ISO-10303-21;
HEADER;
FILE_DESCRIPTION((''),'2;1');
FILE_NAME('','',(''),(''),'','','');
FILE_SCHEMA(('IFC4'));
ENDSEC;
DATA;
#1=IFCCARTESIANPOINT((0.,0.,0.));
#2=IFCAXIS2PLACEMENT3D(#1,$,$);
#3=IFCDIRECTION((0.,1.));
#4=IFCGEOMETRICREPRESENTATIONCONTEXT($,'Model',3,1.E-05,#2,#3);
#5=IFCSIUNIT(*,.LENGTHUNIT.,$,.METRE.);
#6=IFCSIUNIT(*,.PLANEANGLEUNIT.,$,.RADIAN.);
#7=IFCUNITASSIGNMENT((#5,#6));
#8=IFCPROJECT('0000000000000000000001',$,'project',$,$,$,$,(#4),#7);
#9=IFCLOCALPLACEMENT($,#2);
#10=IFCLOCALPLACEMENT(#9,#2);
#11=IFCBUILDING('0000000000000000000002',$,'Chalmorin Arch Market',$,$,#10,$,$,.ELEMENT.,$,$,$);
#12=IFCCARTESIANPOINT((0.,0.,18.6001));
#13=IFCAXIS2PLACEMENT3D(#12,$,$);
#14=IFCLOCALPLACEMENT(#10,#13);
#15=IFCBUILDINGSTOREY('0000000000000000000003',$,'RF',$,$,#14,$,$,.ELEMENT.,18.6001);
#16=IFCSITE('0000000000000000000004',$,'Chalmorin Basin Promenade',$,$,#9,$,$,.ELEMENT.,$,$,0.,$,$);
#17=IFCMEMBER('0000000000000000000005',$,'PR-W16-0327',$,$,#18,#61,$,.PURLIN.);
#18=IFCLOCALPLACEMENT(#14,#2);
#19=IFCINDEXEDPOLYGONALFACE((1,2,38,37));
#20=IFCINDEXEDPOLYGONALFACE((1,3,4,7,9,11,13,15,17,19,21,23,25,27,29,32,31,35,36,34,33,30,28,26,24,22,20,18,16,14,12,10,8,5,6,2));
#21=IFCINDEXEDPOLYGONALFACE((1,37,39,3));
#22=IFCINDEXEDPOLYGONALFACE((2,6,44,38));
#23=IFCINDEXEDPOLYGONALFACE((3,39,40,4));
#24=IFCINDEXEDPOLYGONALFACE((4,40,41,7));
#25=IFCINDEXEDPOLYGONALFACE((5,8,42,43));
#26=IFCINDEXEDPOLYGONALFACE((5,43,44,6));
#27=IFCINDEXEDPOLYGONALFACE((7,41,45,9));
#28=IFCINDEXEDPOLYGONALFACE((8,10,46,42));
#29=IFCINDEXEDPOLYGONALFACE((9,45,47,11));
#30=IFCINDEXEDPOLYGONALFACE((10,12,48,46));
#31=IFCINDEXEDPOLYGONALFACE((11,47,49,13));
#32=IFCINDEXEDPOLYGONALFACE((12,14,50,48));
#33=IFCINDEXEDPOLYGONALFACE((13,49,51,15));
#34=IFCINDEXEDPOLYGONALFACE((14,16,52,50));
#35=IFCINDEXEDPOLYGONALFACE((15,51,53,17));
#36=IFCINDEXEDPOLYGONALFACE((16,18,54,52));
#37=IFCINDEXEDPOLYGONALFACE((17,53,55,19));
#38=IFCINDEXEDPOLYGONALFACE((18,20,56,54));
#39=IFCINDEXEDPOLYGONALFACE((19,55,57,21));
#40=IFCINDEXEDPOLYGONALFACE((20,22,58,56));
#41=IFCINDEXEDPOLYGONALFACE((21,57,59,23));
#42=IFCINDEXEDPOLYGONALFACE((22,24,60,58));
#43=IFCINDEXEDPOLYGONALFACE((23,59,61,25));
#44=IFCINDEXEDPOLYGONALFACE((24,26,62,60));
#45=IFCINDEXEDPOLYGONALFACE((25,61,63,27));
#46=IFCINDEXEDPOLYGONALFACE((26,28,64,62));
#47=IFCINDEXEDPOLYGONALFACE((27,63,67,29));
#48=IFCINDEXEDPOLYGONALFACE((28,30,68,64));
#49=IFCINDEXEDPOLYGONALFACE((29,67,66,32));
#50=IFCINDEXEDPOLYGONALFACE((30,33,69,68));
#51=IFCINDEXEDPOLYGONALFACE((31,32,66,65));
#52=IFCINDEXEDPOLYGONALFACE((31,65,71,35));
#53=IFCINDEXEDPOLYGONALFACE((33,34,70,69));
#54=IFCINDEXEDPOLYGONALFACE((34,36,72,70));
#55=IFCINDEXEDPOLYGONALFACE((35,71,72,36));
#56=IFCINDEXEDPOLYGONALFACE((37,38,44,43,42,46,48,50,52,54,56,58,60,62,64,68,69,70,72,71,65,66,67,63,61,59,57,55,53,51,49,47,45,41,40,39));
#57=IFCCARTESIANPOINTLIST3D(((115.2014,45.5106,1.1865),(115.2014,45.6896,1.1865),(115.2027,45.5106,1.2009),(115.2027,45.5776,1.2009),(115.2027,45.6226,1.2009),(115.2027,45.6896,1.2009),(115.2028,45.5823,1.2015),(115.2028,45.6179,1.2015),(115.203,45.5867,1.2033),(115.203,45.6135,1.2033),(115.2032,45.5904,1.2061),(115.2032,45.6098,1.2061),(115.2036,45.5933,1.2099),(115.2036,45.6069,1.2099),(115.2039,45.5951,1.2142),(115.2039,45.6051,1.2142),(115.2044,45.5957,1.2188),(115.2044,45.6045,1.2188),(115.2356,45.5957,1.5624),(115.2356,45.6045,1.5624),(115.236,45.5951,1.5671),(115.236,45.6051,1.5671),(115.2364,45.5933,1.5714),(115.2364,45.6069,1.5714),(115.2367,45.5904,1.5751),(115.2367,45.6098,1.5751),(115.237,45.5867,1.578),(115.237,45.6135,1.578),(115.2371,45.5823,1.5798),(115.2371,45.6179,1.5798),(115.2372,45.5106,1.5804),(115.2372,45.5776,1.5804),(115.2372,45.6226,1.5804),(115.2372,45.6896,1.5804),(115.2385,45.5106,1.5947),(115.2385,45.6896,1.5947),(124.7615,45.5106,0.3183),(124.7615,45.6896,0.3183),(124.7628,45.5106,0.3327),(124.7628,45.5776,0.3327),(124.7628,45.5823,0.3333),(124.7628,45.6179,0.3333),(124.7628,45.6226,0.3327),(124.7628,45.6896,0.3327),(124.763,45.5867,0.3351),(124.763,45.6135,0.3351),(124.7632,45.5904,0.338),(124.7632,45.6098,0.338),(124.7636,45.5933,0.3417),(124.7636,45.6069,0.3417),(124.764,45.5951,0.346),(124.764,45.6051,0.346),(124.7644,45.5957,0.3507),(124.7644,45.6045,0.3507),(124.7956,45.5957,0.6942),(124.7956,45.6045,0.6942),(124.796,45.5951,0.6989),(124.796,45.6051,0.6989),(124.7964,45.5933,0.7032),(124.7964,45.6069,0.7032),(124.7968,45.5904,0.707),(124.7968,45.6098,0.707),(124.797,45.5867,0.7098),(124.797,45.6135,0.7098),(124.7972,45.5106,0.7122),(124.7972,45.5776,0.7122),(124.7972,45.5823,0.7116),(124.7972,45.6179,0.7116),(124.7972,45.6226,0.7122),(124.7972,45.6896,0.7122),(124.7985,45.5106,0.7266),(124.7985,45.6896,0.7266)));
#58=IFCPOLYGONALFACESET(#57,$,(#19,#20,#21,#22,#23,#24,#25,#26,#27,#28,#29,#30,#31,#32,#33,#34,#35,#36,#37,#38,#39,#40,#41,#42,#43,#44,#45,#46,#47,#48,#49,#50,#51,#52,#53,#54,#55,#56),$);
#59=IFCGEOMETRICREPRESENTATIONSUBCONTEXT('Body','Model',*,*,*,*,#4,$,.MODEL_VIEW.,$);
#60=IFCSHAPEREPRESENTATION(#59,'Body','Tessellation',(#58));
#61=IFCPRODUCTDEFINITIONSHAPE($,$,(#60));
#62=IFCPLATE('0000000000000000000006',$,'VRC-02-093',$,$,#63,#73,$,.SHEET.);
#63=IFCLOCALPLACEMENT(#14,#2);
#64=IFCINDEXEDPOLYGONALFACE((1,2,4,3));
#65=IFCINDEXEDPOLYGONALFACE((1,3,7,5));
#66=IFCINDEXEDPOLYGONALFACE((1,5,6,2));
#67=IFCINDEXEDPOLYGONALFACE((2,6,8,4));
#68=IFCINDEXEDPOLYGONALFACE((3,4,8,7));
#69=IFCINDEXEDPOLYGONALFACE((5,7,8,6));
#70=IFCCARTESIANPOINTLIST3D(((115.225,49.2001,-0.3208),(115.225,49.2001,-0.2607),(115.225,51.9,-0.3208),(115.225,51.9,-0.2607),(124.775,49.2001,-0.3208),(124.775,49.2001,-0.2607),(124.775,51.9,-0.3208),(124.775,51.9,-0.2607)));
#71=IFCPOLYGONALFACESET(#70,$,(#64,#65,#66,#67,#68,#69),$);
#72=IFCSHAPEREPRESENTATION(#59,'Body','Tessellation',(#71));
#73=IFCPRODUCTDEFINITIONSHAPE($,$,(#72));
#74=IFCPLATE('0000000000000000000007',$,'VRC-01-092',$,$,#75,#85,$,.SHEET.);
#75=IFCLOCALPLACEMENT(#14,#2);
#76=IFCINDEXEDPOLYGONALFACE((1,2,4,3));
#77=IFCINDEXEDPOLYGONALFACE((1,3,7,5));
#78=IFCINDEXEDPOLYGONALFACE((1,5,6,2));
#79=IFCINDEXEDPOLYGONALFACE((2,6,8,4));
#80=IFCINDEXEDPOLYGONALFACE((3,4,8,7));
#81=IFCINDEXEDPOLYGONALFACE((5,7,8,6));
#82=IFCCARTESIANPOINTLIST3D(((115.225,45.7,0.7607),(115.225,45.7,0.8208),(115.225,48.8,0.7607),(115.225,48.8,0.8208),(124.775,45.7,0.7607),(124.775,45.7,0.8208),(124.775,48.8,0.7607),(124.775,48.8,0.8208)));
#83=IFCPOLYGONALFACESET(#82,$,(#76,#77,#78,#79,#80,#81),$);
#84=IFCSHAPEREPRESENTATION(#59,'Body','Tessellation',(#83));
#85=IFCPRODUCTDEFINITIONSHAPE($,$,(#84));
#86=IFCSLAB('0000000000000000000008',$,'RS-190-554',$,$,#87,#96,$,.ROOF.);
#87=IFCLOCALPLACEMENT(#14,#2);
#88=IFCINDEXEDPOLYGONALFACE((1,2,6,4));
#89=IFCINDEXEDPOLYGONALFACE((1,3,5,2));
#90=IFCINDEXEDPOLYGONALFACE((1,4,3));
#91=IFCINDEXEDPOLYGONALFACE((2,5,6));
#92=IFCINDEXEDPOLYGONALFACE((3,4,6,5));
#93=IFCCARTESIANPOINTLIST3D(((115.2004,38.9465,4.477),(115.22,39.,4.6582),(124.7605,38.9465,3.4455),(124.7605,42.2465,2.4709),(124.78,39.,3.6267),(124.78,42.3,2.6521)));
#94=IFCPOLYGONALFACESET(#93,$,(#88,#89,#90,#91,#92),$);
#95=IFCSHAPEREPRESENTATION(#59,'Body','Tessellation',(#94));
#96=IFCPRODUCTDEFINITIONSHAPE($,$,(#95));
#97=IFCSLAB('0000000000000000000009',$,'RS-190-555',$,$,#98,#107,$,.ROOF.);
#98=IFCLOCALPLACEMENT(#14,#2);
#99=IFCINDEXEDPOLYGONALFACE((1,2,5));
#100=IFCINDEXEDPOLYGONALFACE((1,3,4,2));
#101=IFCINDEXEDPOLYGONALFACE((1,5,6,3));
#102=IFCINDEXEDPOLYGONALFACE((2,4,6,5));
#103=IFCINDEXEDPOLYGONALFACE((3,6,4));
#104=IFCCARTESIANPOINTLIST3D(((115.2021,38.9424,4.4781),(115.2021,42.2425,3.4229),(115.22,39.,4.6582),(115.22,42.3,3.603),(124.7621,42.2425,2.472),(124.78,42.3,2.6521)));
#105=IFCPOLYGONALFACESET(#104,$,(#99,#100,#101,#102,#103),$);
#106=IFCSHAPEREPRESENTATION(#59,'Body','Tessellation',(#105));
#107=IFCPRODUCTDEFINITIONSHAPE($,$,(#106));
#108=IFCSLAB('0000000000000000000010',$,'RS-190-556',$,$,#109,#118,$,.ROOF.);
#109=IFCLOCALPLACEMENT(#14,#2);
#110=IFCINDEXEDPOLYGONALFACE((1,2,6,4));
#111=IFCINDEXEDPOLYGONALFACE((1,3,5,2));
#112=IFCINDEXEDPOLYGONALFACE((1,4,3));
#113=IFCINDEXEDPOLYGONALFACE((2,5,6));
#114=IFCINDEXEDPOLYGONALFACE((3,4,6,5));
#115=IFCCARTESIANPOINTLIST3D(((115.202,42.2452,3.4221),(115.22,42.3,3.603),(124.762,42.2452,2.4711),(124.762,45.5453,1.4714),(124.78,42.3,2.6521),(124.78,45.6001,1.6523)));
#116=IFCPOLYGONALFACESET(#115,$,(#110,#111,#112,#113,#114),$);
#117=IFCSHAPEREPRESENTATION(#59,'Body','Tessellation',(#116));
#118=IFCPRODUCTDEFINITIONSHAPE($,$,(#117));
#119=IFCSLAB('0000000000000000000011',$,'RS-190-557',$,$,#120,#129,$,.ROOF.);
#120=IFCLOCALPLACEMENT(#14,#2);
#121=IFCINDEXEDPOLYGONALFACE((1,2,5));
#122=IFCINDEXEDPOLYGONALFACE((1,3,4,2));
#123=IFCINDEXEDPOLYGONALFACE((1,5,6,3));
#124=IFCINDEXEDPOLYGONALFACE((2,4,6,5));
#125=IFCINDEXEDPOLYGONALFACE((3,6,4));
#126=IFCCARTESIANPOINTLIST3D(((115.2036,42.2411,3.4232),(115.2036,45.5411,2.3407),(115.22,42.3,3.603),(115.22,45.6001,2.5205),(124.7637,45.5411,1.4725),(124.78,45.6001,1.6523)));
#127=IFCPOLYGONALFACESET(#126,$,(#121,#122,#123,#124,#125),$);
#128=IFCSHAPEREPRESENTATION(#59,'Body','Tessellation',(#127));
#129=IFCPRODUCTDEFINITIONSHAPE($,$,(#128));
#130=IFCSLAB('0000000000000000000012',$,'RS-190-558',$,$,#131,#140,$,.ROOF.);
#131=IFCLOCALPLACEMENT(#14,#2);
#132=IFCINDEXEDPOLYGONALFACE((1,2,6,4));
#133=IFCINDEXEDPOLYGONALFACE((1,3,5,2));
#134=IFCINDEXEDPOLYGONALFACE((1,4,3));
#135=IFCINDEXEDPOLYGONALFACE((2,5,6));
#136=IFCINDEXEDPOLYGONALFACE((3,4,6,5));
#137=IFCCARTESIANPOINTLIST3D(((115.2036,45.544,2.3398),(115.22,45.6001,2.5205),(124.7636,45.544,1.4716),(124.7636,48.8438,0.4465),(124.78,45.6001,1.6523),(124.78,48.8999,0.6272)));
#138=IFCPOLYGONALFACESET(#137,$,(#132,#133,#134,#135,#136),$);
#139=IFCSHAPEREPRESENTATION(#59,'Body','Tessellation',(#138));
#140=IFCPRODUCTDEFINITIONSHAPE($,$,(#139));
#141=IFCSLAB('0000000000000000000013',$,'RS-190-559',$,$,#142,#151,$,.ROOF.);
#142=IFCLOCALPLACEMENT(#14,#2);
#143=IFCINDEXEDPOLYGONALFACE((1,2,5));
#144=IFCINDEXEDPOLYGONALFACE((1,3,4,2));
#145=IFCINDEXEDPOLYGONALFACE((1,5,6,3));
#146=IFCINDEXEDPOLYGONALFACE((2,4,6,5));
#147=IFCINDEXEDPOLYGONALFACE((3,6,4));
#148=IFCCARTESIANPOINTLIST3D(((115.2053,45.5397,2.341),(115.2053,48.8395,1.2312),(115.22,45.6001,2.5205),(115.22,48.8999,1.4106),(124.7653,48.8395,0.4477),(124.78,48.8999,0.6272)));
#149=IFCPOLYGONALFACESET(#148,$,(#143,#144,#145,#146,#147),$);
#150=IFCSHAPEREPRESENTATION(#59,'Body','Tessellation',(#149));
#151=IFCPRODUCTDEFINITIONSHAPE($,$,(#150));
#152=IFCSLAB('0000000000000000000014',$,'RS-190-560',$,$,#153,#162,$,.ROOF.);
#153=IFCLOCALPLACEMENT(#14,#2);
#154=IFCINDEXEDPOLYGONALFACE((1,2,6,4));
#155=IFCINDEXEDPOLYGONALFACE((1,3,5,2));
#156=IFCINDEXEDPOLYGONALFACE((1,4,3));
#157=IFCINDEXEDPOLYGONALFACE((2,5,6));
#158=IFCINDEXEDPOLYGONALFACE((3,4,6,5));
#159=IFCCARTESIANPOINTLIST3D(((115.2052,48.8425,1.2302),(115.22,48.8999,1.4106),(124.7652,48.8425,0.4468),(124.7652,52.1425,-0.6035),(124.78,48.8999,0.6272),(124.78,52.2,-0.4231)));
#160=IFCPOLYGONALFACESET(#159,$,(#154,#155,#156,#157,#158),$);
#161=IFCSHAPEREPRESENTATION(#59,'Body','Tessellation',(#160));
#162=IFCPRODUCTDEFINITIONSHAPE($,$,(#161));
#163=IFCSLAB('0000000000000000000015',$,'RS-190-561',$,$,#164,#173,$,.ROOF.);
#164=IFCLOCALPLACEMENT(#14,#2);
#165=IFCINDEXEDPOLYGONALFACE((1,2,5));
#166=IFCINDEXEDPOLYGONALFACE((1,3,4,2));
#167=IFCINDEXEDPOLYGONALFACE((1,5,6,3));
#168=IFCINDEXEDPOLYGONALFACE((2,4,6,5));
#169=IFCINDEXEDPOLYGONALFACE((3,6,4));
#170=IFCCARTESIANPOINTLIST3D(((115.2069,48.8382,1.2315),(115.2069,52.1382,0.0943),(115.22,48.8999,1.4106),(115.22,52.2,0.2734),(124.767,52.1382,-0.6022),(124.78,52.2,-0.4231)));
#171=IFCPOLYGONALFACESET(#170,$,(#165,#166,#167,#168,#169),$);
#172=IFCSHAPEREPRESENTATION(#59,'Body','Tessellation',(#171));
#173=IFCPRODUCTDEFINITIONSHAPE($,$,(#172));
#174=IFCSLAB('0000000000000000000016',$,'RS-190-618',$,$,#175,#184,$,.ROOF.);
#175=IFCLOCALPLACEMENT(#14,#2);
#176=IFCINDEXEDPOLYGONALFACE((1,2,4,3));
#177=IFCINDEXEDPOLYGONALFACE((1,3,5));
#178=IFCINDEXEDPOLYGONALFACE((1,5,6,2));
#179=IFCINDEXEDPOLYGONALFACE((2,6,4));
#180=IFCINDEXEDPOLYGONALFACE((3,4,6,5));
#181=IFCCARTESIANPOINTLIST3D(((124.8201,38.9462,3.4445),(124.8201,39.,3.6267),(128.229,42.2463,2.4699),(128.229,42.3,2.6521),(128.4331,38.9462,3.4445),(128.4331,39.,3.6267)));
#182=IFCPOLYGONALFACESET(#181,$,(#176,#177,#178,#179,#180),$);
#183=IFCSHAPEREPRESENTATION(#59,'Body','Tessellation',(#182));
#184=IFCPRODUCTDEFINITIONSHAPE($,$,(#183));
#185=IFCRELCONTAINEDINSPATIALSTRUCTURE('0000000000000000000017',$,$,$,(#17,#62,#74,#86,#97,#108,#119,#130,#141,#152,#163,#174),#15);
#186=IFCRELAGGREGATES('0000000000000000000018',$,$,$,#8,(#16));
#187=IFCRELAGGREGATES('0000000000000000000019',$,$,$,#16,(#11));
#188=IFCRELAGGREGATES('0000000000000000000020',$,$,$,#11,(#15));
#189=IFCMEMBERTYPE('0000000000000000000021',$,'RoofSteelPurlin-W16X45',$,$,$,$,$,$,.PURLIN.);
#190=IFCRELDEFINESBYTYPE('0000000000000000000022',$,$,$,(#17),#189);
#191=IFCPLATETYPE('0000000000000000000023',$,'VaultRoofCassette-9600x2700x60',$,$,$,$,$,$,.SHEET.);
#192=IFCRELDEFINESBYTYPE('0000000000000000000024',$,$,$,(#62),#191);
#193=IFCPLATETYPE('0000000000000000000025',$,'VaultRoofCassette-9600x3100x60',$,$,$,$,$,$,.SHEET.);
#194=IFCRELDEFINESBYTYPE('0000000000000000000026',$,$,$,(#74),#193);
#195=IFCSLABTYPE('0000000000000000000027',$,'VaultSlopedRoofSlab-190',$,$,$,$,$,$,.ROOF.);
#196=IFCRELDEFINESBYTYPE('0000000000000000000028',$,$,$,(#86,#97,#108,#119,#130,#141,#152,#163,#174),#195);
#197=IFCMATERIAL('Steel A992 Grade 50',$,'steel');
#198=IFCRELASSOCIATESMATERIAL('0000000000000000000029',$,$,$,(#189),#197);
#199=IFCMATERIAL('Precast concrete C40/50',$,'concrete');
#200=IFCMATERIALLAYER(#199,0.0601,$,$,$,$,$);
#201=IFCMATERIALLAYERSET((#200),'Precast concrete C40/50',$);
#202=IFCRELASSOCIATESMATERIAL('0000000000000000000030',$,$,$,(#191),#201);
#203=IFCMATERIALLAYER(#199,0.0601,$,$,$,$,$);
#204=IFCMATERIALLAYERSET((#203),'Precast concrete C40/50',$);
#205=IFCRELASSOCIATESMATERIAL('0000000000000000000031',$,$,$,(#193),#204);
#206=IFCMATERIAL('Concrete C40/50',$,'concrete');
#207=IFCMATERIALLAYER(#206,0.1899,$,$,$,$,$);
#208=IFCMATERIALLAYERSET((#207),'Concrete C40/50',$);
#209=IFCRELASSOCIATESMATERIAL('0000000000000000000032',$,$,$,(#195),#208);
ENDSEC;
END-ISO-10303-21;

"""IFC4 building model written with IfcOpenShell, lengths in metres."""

from ifc_helpers import new_model, si_unit, direction, frame, origin, origin_2d, place, context, subcontext, project, spatial, polyline, rectangle, i_section, outline, extrude, material, layer, layer_set, material_profile, profile_set, type_object, element, save


model = new_model("IFC4")

# Units and contexts
model_context = context("Model", 3, precision=1e-05, world=origin(), true_north=direction((0.0, 1.0)))
body_context = subcontext(model_context, "Body", "Model", "MODEL_VIEW")
ifc_project = project(units=[si_unit("LENGTHUNIT", "METRE"), si_unit("PLANEANGLEUNIT", "RADIAN")], contexts=[model_context])

# Site, building, storey
site_placement = place(None, origin())
site = spatial("IfcSite", under=ifc_project, at=site_placement, Name="Chalmorin Basin Promenade", CompositionType="ELEMENT", RefElevation=0.0)
building_placement = place(site_placement, origin())
building = spatial("IfcBuilding", under=site, at=building_placement, Name="Chalmorin Arch Market", CompositionType="ELEMENT")
storey_placement = place(building_placement, frame((0.0, 0.0, 18.6001)))
storey = spatial("IfcBuildingStorey", under=building, at=storey_placement, Name="RF", CompositionType="ELEMENT", Elevation=18.6001)

# Member
ifc_material_1 = material(Name="Steel A992 Grade 50", Category="steel")
ifc_material_profile_1 = material_profile(ifc_material_1, i_section(OverallWidth=0.179, OverallDepth=0.4099, WebThickness=0.0088, FlangeThickness=0.0144, FilletRadius=0.0181, at=origin_2d()), Name="W16X45")
ifc_profile_set_1 = profile_set([ifc_material_profile_1], Name="Steel A992 Grade 50")
member_type_1 = type_object("IfcMemberType", Name="RoofSteelPurlin-W16X45", PredefinedType="PURLIN", material=ifc_profile_set_1)
member_1_placement = place(storey_placement, frame((115.22, 45.6001, 1.3906), z_axis=(0.995902, 0.0, -0.090439), x_axis=(0.0, 1.0, 0.0)))
element("IfcMember", 1, at=member_1_placement, inside=storey, type_object=member_type_1, Name="PR-W16-0327", PredefinedType="PURLIN", context=body_context, shape_type="SweptSolid", body=[
    extrude(i_section(OverallWidth=0.179, OverallDepth=0.4099, WebThickness=0.0088, FlangeThickness=0.0144, FilletRadius=0.0181, at=origin_2d()), origin(), (0.0, 0.0, 1.0), 9.5994),
])

# Plates
ifc_material_2 = material(Name="Precast concrete C40/50", Category="concrete")
ifc_layer_1 = layer(ifc_material_2, 0.0601)
ifc_layer_set_1 = layer_set([ifc_layer_1], Name="Precast concrete C40/50")
plate_type_1 = type_object("IfcPlateType", Name="VaultRoofCassette-9600x2700x60", PredefinedType="SHEET", material=ifc_layer_set_1)
plate_1_placement = place(storey_placement, frame((120.0, 50.55, -0.3208), z_axis=(0.0, 0.0, 1.0), x_axis=(1.0, 0.0, 0.0)))
element("IfcPlate", 2, at=plate_1_placement, inside=storey, type_object=plate_type_1, Name="VRC-02-093", PredefinedType="SHEET", context=body_context, shape_type="SweptSolid", body=[
    extrude(rectangle(XDim=9.55, YDim=2.7, at=origin_2d()), origin(), (0.0, 0.0, 1.0), 0.0601),
])
ifc_layer_2 = layer(ifc_material_2, 0.0601)
ifc_layer_set_2 = layer_set([ifc_layer_2], Name="Precast concrete C40/50")
plate_type_2 = type_object("IfcPlateType", Name="VaultRoofCassette-9600x3100x60", PredefinedType="SHEET", material=ifc_layer_set_2)
plate_2_placement = place(storey_placement, frame((120.0, 47.25, 0.7607), z_axis=(0.0, 0.0, 1.0), x_axis=(1.0, 0.0, 0.0)))
element("IfcPlate", 3, at=plate_2_placement, inside=storey, type_object=plate_type_2, Name="VRC-01-092", PredefinedType="SHEET", context=body_context, shape_type="SweptSolid", body=[
    extrude(rectangle(XDim=9.55, YDim=3.1001, at=origin_2d()), origin(), (0.0, 0.0, 1.0), 0.0601),
])

# Slabs
ifc_material_3 = material(Name="Concrete C40/50", Category="concrete")
ifc_layer_3 = layer(ifc_material_3, 0.1899)
ifc_layer_set_3 = layer_set([ifc_layer_3], Name="Concrete C40/50")
slab_type = type_object("IfcSlabType", Name="VaultSlopedRoofSlab-190", PredefinedType="ROOF", material=ifc_layer_set_3)
slab_1_placement = place(storey_placement, frame((115.22, 39.0, 4.6582), z_axis=(0.102928, 0.281734, 0.953956), x_axis=(0.99423, 0.0, -0.107274)))
element("IfcSlab", 4, at=slab_1_placement, inside=storey, type_object=slab_type, Name="RS-190-554", PredefinedType="ROOF", context=body_context, shape_type="SweptSolid", body=[
    extrude(outline(polyline([(0.0, 0.0), (9.6155, 0.0), (9.7201, 3.4394), (0.0, 0.0)])), origin(), (0.0, 0.0, -1.0), 0.1899),
])
slab_2_placement = place(storey_placement, frame((115.22, 39.0, 4.6582), z_axis=(0.094321, 0.303198, 0.948248), x_axis=(0.927202, 0.320062, -0.194566)))
element("IfcSlab", 5, at=slab_2_placement, inside=storey, type_object=slab_type, Name="RS-190-555", PredefinedType="ROOF", context=body_context, shape_type="SweptSolid", body=[
    extrude(outline(polyline([(0.0, 0.0), (10.3106, 0.0), (1.2615, 3.2268), (0.0, 0.0)])), origin(), (0.0, 0.0, -1.0), 0.1899),
])
slab_3_placement = place(storey_placement, frame((115.22, 42.3, 3.603), z_axis=(0.094768, 0.288634, 0.952738), x_axis=(0.995089, 0.0, -0.09898)))
element("IfcSlab", 6, at=slab_3_placement, inside=storey, type_object=slab_type, Name="RS-190-556", PredefinedType="ROOF", context=body_context, shape_type="SweptSolid", body=[
    extrude(outline(polyline([(0.0, 0.0), (9.6072, 0.0), (9.7062, 3.4467), (0.0, 0.0)])), origin(), (0.0, 0.0, -1.0), 0.1899),
])
slab_4_placement = place(storey_placement, frame((115.22, 42.3, 3.603), z_axis=(0.085968, 0.310536, 0.946666), x_axis=(0.92816, 0.320393, -0.189387)))
element("IfcSlab", 7, at=slab_4_placement, inside=storey, type_object=slab_type, Name="RS-190-557", PredefinedType="ROOF", context=body_context, shape_type="SweptSolid", body=[
    extrude(outline(polyline([(0.0, 0.0), (10.3, 0.0), (1.2623, 3.2355), (0.0, 0.0)])), origin(), (0.0, 0.0, -1.0), 0.1899),
])
slab_5_placement = place(storey_placement, frame((115.22, 45.6001, 2.5205), z_axis=(0.086399, 0.295572, 0.951406), x_axis=(0.995902, 0.0, -0.090439)))
element("IfcSlab", 8, at=slab_5_placement, inside=storey, type_object=slab_type, Name="RS-190-558", PredefinedType="ROOF", context=body_context, shape_type="SweptSolid", body=[
    extrude(outline(polyline([(0.0, 0.0), (9.5994, 0.0), (9.6921, 3.4541), (0.0, 0.0)])), origin(), (0.0, 0.0, -1.0), 0.1899),
])
slab_6_placement = place(storey_placement, frame((115.22, 45.6001, 2.5205), z_axis=(0.077441, 0.317836, 0.944978), x_axis=(0.929133, 0.320705, -0.184009)))
element("IfcSlab", 9, at=slab_6_placement, inside=storey, type_object=slab_type, Name="RS-190-559", PredefinedType="ROOF", context=body_context, shape_type="SweptSolid", body=[
    extrude(outline(polyline([(0.0, 0.0), (10.2892, 0.0), (1.2625, 3.2445), (0.0, 0.0)])), origin(), (0.0, 0.0, -1.0), 0.1899),
])
slab_7_placement = place(storey_placement, frame((115.22, 48.8999, 1.4106), z_axis=(0.077853, 0.302356, 0.95001), x_axis=(0.996659, 0.0, -0.081676)))
element("IfcSlab", 10, at=slab_7_placement, inside=storey, type_object=slab_type, Name="RS-190-560", PredefinedType="ROOF", context=body_context, shape_type="SweptSolid", body=[
    extrude(outline(polyline([(0.0, 0.0), (9.5921, 0.0), (9.6779, 3.4621), (0.0, 0.0)])), origin(), (0.0, 0.0, -1.0), 0.1899),
])
slab_8_placement = place(storey_placement, frame((115.22, 48.8999, 1.4106), z_axis=(0.068721, 0.325031, 0.943203), x_axis=(0.930102, 0.321063, -0.178405)))
element("IfcSlab", 11, at=slab_8_placement, inside=storey, type_object=slab_type, Name="RS-190-561", PredefinedType="ROOF", context=body_context, shape_type="SweptSolid", body=[
    extrude(outline(polyline([(0.0, 0.0), (10.2785, 0.0), (1.2624, 3.2542), (0.0, 0.0)])), origin(), (0.0, 0.0, -1.0), 0.1899),
])
slab_9_placement = place(storey_placement, frame((124.8201, 39.0, 3.6267), z_axis=(0.0, 0.283238, 0.95905), x_axis=(1.0, 0.0, 0.0)))
element("IfcSlab", 12, at=slab_9_placement, inside=storey, type_object=slab_type, Name="RS-190-618", PredefinedType="ROOF", context=body_context, shape_type="SweptSolid", body=[
    extrude(outline(polyline([(0.0, 0.0), (3.613, 0.0), (3.4089, 3.441), (0.0, 0.0)])), origin(), (0.0, 0.0, -1.0), 0.1899),
])

save(model, "model.ifc")
